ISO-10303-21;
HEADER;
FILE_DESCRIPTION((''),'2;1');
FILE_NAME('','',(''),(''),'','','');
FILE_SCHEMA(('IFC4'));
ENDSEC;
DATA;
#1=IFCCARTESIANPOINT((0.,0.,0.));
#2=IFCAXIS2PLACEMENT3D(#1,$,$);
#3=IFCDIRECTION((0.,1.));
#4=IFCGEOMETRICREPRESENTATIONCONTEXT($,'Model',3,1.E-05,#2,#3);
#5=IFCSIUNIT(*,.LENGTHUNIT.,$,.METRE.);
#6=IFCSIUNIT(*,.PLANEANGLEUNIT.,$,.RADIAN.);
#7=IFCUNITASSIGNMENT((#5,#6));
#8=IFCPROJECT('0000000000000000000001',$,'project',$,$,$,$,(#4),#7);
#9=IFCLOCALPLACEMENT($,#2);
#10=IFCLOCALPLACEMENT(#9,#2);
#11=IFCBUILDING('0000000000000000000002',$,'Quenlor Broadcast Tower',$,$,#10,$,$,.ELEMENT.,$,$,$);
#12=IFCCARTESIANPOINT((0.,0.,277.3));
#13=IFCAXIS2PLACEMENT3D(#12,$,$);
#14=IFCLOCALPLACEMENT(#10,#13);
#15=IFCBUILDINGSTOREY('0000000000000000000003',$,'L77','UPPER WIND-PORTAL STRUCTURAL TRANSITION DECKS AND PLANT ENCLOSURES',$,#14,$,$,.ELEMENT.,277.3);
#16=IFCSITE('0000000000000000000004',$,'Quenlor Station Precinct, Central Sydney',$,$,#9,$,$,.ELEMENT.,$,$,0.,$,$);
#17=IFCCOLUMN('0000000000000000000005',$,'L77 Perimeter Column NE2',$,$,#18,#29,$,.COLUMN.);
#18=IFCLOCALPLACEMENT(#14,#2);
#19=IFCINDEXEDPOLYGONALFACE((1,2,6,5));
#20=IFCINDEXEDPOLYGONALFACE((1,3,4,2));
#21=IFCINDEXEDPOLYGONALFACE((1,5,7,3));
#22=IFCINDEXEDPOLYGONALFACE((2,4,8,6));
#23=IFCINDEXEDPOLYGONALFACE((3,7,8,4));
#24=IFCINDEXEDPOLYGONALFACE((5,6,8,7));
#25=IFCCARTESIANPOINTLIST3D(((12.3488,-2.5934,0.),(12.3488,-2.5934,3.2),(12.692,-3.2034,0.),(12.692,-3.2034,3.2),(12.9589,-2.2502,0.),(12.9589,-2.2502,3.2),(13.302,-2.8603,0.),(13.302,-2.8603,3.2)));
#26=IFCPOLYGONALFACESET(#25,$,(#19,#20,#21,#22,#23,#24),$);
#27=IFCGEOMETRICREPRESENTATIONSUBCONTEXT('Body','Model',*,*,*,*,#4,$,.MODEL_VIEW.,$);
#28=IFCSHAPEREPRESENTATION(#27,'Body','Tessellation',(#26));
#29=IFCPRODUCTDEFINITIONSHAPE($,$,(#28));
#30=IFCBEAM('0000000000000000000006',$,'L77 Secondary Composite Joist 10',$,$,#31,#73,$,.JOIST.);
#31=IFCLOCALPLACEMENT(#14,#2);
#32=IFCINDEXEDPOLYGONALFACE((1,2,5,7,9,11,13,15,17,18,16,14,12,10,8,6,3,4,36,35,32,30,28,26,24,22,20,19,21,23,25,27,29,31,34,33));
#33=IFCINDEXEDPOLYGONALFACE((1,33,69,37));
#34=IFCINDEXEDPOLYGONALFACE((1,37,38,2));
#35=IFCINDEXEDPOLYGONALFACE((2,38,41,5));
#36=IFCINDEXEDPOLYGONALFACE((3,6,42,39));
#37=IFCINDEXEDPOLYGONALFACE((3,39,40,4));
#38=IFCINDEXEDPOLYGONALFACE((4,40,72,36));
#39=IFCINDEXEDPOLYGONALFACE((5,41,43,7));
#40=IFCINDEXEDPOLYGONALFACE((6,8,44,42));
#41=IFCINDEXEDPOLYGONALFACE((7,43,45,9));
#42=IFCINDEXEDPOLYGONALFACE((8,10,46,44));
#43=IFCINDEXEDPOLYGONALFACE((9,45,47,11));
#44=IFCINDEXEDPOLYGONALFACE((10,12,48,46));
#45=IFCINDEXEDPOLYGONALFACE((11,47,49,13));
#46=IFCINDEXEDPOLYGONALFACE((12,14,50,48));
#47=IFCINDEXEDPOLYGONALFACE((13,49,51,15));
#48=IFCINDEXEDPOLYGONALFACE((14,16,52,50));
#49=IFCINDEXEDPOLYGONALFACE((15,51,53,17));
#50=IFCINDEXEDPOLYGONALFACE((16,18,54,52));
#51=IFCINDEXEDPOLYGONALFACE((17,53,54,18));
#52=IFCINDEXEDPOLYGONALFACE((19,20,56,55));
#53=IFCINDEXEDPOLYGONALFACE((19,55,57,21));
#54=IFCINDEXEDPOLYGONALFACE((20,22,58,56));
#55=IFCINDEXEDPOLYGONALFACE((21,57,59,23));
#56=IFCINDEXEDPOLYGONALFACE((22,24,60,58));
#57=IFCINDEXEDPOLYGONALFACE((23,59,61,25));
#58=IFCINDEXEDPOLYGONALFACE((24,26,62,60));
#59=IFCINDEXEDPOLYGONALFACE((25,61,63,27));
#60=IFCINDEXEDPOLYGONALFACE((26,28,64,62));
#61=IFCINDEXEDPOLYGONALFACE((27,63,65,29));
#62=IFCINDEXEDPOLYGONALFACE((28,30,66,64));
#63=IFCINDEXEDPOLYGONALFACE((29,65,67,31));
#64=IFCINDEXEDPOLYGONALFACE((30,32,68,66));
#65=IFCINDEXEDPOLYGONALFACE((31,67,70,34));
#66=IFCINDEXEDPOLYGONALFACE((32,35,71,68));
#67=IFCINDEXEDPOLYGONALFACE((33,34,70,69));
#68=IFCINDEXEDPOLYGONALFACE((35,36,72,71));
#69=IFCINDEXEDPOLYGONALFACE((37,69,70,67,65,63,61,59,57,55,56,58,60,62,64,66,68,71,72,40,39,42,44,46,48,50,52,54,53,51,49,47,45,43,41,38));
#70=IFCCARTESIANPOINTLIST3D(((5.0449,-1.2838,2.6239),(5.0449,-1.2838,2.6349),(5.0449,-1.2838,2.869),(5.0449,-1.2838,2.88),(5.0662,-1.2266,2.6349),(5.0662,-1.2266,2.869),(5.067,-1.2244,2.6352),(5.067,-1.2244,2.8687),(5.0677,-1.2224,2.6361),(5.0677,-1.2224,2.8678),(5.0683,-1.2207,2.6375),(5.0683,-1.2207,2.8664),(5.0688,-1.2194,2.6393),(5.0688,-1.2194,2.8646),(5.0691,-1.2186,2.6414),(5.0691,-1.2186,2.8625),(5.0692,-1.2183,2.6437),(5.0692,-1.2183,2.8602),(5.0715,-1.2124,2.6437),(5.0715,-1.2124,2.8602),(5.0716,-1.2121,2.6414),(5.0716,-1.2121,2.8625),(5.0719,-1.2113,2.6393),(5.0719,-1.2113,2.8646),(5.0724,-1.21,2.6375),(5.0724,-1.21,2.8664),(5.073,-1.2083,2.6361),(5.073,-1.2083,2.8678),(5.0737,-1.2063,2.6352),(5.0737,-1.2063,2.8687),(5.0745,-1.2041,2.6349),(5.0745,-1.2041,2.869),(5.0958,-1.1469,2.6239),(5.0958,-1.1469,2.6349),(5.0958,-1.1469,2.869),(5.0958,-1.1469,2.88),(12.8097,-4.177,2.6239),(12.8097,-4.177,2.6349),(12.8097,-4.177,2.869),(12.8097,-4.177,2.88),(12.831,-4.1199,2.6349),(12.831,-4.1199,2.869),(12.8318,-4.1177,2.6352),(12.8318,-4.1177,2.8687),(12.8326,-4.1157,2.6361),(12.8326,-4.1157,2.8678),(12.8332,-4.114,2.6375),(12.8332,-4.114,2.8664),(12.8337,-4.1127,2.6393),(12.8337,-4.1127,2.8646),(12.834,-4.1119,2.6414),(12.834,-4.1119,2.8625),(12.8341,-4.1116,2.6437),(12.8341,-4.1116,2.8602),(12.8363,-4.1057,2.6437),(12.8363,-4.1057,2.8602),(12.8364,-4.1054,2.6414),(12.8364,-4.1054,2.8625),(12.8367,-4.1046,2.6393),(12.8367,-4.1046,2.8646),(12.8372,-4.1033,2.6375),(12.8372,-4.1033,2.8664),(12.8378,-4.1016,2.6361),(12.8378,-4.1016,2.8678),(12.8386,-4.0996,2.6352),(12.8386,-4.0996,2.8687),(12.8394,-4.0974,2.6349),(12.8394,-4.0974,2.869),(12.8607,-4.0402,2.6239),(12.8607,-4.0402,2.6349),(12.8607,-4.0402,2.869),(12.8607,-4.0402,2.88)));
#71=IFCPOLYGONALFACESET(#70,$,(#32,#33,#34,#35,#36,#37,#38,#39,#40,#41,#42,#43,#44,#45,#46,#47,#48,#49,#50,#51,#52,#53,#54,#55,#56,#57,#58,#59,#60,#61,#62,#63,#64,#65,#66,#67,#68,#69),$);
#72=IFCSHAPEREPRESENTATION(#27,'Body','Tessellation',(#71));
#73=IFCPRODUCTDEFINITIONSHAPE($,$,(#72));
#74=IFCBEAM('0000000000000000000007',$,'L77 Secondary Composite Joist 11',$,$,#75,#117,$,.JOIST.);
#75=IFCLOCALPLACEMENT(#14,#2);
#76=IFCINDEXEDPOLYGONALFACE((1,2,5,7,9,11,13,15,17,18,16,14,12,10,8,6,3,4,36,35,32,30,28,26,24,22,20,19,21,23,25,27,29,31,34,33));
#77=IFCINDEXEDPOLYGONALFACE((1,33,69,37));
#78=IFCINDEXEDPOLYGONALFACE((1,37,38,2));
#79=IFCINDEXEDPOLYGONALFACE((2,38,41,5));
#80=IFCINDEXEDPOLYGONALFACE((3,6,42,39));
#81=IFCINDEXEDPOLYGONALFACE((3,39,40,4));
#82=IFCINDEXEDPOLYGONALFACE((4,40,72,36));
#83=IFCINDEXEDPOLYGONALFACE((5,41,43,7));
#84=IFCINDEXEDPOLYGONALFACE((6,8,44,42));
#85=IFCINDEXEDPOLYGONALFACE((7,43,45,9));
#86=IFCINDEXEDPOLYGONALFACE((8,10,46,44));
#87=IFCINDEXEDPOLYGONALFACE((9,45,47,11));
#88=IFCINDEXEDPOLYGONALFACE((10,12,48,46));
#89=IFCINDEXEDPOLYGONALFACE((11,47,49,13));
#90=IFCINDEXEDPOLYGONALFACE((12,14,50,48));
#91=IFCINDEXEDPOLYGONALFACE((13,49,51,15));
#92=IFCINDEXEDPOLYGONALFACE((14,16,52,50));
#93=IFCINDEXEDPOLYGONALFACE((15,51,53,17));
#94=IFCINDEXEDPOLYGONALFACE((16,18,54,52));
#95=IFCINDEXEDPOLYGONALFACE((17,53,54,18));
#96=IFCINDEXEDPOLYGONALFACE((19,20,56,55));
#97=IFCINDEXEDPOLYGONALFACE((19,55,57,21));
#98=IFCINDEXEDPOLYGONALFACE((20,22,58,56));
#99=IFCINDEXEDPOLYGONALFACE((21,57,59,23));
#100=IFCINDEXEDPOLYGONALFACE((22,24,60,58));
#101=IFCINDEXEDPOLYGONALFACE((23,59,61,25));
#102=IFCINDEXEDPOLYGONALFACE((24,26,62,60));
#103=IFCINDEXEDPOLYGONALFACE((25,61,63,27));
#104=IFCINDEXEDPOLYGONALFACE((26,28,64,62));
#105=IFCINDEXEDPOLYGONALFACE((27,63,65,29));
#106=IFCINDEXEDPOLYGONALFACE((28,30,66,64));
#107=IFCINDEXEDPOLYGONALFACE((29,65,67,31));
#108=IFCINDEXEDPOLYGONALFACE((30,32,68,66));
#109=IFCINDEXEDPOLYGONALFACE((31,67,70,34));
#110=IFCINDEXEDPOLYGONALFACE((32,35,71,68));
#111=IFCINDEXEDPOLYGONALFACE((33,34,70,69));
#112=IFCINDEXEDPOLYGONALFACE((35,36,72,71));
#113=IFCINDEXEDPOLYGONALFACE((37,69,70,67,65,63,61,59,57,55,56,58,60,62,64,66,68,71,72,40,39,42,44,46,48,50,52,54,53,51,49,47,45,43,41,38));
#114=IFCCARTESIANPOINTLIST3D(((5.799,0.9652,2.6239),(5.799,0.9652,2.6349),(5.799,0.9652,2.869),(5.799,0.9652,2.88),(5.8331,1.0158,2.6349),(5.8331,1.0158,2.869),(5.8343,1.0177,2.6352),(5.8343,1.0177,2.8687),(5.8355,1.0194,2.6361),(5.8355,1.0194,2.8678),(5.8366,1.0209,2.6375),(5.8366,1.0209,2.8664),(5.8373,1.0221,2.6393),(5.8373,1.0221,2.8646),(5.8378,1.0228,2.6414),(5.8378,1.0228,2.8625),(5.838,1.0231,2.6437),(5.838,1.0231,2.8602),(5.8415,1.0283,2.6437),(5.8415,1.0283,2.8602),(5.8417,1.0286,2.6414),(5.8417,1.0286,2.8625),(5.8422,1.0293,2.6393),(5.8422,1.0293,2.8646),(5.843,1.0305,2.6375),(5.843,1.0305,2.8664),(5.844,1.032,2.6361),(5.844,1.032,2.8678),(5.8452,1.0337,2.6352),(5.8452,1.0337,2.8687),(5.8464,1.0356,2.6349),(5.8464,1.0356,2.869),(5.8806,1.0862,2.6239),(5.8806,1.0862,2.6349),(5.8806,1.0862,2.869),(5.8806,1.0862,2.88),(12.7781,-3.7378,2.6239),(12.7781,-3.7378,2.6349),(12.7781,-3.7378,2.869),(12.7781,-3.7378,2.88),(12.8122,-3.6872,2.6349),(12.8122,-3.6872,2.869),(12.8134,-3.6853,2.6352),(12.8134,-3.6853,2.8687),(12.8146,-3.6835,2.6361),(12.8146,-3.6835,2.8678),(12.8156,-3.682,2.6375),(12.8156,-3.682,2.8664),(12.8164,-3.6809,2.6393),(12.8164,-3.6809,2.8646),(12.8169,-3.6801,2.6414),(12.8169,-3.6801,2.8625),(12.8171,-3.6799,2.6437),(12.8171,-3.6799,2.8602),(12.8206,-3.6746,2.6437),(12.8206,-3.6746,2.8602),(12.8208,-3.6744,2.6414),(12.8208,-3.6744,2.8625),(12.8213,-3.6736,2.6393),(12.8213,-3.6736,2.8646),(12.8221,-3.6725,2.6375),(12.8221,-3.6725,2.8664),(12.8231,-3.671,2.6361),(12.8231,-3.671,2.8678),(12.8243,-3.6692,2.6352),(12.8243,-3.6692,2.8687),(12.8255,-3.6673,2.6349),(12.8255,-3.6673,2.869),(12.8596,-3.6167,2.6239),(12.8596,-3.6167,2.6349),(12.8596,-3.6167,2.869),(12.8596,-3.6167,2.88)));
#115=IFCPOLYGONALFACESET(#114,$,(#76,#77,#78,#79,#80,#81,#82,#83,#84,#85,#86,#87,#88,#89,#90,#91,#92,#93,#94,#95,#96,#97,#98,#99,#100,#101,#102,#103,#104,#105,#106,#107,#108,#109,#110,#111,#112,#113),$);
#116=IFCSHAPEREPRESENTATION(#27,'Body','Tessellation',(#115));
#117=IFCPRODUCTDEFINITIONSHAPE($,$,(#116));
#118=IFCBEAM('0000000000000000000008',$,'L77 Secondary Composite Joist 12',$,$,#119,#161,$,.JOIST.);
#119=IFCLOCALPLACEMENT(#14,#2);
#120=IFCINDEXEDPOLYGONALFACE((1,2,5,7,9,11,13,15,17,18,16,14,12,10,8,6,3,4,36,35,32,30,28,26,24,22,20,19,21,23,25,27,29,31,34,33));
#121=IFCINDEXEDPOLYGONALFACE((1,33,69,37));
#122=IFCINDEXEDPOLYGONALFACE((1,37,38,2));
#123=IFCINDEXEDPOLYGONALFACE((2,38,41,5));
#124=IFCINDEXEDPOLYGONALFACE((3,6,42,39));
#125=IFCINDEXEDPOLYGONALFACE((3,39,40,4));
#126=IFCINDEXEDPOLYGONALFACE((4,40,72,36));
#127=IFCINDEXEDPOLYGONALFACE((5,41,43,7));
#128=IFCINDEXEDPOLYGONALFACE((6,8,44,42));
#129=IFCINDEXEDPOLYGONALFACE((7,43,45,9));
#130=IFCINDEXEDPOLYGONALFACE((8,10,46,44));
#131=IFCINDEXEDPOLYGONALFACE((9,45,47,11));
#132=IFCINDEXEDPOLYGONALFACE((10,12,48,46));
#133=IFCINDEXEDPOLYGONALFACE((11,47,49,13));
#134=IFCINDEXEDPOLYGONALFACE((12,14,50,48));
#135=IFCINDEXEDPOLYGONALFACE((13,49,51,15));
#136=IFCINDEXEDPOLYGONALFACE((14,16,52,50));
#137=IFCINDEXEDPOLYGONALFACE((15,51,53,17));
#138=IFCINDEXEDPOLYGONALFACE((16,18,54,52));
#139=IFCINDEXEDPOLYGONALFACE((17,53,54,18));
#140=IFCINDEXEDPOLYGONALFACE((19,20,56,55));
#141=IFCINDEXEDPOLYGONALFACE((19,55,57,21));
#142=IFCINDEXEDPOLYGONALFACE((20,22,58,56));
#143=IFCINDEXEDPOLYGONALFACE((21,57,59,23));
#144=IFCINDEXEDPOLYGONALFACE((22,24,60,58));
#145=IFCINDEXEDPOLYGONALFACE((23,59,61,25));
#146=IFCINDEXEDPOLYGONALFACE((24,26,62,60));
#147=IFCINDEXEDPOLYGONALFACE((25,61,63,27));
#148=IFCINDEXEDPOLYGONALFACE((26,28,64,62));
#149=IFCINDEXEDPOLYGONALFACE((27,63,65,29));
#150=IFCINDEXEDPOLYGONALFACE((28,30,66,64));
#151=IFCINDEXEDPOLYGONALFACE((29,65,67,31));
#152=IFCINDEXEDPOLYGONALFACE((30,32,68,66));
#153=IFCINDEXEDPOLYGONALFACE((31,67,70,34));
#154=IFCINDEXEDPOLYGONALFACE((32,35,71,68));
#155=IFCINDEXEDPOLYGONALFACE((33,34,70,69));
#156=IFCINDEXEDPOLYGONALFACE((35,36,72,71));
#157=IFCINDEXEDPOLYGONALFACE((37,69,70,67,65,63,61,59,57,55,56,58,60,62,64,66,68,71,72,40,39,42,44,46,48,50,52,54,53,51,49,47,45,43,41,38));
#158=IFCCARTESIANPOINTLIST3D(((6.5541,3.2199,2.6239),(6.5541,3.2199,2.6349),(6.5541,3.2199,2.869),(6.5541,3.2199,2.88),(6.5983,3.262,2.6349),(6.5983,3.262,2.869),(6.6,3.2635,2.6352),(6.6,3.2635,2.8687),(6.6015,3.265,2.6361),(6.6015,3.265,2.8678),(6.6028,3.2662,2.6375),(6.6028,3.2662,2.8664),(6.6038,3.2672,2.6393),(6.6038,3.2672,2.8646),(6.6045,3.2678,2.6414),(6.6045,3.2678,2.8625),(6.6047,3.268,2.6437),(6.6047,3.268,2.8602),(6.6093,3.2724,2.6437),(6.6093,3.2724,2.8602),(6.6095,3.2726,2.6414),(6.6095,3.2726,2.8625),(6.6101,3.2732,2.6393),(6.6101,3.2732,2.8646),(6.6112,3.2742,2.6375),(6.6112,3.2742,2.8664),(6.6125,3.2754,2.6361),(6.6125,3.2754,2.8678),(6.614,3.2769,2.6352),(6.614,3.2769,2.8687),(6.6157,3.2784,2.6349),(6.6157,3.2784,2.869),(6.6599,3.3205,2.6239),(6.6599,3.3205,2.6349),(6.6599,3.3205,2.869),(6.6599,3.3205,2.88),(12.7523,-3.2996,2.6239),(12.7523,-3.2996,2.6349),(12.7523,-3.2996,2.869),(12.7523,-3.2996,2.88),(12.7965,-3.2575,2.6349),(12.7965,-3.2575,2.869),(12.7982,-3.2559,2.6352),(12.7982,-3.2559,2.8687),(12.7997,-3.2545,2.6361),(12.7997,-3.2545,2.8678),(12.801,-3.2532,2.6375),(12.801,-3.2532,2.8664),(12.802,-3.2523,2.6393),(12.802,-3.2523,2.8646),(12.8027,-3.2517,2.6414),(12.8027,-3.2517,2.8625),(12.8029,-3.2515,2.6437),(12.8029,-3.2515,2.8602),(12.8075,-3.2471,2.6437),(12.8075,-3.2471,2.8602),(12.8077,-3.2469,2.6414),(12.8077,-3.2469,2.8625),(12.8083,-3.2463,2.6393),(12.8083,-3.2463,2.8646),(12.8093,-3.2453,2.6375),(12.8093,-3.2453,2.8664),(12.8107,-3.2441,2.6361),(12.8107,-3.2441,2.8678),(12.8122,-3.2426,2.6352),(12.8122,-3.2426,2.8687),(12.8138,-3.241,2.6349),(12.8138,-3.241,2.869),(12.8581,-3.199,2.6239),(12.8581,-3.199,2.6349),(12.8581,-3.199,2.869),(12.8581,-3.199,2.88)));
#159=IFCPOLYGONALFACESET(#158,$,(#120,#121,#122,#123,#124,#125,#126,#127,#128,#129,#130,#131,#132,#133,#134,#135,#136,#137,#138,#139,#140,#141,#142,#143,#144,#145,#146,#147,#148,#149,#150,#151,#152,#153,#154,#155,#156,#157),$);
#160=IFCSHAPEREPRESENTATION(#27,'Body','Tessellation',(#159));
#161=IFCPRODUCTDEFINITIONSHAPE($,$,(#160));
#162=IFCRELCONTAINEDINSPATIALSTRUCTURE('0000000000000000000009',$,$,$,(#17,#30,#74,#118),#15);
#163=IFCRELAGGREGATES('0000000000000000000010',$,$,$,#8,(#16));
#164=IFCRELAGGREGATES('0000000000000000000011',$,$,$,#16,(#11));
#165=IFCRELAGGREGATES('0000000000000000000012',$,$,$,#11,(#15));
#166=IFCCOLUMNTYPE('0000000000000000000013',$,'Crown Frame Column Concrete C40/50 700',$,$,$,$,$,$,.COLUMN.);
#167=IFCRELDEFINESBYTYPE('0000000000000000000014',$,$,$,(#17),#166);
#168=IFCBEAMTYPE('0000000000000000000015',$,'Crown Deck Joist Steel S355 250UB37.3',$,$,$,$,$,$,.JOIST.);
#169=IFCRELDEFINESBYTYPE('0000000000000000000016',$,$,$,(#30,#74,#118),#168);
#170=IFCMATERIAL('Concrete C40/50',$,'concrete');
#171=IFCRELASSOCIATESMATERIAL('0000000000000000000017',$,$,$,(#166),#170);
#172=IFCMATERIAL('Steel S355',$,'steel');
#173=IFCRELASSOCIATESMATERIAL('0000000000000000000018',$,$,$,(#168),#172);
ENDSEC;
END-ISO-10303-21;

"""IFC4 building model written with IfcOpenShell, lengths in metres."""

from ifc_helpers import new_model, si_unit, direction, frame, origin, origin_2d, place, context, subcontext, project, spatial, rectangle, i_section, extrude, material, material_profile, profile_set, type_object, element, save


model = new_model("IFC4")

# Units and contexts
model_context = context("Model", 3, precision=1e-05, world=origin(), true_north=direction((0.0, 1.0)))
body_context = subcontext(model_context, "Body", "Model", "MODEL_VIEW")
ifc_project = project(units=[si_unit("LENGTHUNIT", "METRE"), si_unit("PLANEANGLEUNIT", "RADIAN")], contexts=[model_context])

# Site, building, storey
site_placement = place(None, origin())
site = spatial("IfcSite", under=ifc_project, at=site_placement, Name="Quenlor Station Precinct, Central Sydney", CompositionType="ELEMENT", RefElevation=0.0)
building_placement = place(site_placement, origin())
building = spatial("IfcBuilding", under=site, at=building_placement, Name="Quenlor Broadcast Tower", CompositionType="ELEMENT")
storey_placement = place(building_placement, frame((0.0, 0.0, 277.3)))
storey = spatial("IfcBuildingStorey", under=building, at=storey_placement, Name="L77", Description="UPPER WIND-PORTAL STRUCTURAL TRANSITION DECKS AND PLANT ENCLOSURES", CompositionType="ELEMENT", Elevation=277.3)

# Column
ifc_material_1 = material(Name="Concrete C40/50", Category="concrete")
ifc_material_profile_1 = material_profile(ifc_material_1, rectangle(XDim=0.7, YDim=0.7, at=origin_2d()))
ifc_profile_set_1 = profile_set([ifc_material_profile_1], Name="Concrete C40/50 RC700x700")
column_type = type_object("IfcColumnType", Name="Crown Frame Column Concrete C40/50 700", PredefinedType="COLUMN", material=ifc_profile_set_1)
column_placement = place(storey_placement, frame((12.8254, -2.7268, 0.0), z_axis=(0.0, 0.0, 1.0), x_axis=(0.871575, 0.490262, 0.0)))
element("IfcColumn", 1, at=column_placement, inside=storey, type_object=column_type, Name="L77 Perimeter Column NE2", PredefinedType="COLUMN", context=body_context, shape_type="SweptSolid", body=[
    extrude(rectangle(XDim=0.7, YDim=0.7, at=origin_2d()), origin(), (0.0, 0.0, 1.0), 3.2),
])

# Beams
ifc_material_2 = material(Name="Steel S355", Category="steel")
ifc_material_profile_2 = material_profile(ifc_material_2, i_section(OverallWidth=0.146, OverallDepth=0.2561, WebThickness=0.0063, FlangeThickness=0.011, FilletRadius=0.0088, at=origin_2d()))
ifc_profile_set_2 = profile_set([ifc_material_profile_2], Name="Steel S355 250UB37.3")
beam_type_1 = type_object("IfcBeamType", Name="Crown Deck Joist Steel S355 250UB37.3", PredefinedType="JOIST", material=ifc_profile_set_2)
beam_1_placement = place(storey_placement, frame((12.8352, -4.1086, 2.752), z_axis=(-0.937062, 0.349163, 0.0), x_axis=(-0.349163, -0.937062, 0.0)))
element("IfcBeam", 2, at=beam_1_placement, inside=storey, type_object=beam_type_1, Name="L77 Secondary Composite Joist 10", PredefinedType="JOIST", context=body_context, shape_type="SweptSolid", body=[
    extrude(i_section(OverallWidth=0.146, OverallDepth=0.2561, WebThickness=0.0063, FlangeThickness=0.011, FilletRadius=0.0088, at=origin_2d()), origin(), (0.0, 0.0, 1.0), 8.2864),
])
beam_2_placement = place(storey_placement, frame((12.8188, -3.6772, 2.752), z_axis=(-0.829286, 0.558824, 0.0), x_axis=(-0.558824, -0.829286, 0.0)))
element("IfcBeam", 3, at=beam_2_placement, inside=storey, type_object=beam_type_1, Name="L77 Secondary Composite Joist 11", PredefinedType="JOIST", context=body_context, shape_type="SweptSolid", body=[
    extrude(i_section(OverallWidth=0.146, OverallDepth=0.2561, WebThickness=0.0063, FlangeThickness=0.011, FilletRadius=0.0088, at=origin_2d()), origin(), (0.0, 0.0, 1.0), 8.4158),
])
beam_3_placement = place(storey_placement, frame((12.8052, -3.2493, 2.752), z_axis=(-0.689023, 0.724739, 0.0), x_axis=(-0.724739, -0.689023, 0.0)))
element("IfcBeam", 4, at=beam_3_placement, inside=storey, type_object=beam_type_1, Name="L77 Secondary Composite Joist 12", PredefinedType="JOIST", context=body_context, shape_type="SweptSolid", body=[
    extrude(i_section(OverallWidth=0.146, OverallDepth=0.2561, WebThickness=0.0063, FlangeThickness=0.011, FilletRadius=0.0088, at=origin_2d()), origin(), (0.0, 0.0, 1.0), 8.9956),
])

save(model, "model.ifc")
